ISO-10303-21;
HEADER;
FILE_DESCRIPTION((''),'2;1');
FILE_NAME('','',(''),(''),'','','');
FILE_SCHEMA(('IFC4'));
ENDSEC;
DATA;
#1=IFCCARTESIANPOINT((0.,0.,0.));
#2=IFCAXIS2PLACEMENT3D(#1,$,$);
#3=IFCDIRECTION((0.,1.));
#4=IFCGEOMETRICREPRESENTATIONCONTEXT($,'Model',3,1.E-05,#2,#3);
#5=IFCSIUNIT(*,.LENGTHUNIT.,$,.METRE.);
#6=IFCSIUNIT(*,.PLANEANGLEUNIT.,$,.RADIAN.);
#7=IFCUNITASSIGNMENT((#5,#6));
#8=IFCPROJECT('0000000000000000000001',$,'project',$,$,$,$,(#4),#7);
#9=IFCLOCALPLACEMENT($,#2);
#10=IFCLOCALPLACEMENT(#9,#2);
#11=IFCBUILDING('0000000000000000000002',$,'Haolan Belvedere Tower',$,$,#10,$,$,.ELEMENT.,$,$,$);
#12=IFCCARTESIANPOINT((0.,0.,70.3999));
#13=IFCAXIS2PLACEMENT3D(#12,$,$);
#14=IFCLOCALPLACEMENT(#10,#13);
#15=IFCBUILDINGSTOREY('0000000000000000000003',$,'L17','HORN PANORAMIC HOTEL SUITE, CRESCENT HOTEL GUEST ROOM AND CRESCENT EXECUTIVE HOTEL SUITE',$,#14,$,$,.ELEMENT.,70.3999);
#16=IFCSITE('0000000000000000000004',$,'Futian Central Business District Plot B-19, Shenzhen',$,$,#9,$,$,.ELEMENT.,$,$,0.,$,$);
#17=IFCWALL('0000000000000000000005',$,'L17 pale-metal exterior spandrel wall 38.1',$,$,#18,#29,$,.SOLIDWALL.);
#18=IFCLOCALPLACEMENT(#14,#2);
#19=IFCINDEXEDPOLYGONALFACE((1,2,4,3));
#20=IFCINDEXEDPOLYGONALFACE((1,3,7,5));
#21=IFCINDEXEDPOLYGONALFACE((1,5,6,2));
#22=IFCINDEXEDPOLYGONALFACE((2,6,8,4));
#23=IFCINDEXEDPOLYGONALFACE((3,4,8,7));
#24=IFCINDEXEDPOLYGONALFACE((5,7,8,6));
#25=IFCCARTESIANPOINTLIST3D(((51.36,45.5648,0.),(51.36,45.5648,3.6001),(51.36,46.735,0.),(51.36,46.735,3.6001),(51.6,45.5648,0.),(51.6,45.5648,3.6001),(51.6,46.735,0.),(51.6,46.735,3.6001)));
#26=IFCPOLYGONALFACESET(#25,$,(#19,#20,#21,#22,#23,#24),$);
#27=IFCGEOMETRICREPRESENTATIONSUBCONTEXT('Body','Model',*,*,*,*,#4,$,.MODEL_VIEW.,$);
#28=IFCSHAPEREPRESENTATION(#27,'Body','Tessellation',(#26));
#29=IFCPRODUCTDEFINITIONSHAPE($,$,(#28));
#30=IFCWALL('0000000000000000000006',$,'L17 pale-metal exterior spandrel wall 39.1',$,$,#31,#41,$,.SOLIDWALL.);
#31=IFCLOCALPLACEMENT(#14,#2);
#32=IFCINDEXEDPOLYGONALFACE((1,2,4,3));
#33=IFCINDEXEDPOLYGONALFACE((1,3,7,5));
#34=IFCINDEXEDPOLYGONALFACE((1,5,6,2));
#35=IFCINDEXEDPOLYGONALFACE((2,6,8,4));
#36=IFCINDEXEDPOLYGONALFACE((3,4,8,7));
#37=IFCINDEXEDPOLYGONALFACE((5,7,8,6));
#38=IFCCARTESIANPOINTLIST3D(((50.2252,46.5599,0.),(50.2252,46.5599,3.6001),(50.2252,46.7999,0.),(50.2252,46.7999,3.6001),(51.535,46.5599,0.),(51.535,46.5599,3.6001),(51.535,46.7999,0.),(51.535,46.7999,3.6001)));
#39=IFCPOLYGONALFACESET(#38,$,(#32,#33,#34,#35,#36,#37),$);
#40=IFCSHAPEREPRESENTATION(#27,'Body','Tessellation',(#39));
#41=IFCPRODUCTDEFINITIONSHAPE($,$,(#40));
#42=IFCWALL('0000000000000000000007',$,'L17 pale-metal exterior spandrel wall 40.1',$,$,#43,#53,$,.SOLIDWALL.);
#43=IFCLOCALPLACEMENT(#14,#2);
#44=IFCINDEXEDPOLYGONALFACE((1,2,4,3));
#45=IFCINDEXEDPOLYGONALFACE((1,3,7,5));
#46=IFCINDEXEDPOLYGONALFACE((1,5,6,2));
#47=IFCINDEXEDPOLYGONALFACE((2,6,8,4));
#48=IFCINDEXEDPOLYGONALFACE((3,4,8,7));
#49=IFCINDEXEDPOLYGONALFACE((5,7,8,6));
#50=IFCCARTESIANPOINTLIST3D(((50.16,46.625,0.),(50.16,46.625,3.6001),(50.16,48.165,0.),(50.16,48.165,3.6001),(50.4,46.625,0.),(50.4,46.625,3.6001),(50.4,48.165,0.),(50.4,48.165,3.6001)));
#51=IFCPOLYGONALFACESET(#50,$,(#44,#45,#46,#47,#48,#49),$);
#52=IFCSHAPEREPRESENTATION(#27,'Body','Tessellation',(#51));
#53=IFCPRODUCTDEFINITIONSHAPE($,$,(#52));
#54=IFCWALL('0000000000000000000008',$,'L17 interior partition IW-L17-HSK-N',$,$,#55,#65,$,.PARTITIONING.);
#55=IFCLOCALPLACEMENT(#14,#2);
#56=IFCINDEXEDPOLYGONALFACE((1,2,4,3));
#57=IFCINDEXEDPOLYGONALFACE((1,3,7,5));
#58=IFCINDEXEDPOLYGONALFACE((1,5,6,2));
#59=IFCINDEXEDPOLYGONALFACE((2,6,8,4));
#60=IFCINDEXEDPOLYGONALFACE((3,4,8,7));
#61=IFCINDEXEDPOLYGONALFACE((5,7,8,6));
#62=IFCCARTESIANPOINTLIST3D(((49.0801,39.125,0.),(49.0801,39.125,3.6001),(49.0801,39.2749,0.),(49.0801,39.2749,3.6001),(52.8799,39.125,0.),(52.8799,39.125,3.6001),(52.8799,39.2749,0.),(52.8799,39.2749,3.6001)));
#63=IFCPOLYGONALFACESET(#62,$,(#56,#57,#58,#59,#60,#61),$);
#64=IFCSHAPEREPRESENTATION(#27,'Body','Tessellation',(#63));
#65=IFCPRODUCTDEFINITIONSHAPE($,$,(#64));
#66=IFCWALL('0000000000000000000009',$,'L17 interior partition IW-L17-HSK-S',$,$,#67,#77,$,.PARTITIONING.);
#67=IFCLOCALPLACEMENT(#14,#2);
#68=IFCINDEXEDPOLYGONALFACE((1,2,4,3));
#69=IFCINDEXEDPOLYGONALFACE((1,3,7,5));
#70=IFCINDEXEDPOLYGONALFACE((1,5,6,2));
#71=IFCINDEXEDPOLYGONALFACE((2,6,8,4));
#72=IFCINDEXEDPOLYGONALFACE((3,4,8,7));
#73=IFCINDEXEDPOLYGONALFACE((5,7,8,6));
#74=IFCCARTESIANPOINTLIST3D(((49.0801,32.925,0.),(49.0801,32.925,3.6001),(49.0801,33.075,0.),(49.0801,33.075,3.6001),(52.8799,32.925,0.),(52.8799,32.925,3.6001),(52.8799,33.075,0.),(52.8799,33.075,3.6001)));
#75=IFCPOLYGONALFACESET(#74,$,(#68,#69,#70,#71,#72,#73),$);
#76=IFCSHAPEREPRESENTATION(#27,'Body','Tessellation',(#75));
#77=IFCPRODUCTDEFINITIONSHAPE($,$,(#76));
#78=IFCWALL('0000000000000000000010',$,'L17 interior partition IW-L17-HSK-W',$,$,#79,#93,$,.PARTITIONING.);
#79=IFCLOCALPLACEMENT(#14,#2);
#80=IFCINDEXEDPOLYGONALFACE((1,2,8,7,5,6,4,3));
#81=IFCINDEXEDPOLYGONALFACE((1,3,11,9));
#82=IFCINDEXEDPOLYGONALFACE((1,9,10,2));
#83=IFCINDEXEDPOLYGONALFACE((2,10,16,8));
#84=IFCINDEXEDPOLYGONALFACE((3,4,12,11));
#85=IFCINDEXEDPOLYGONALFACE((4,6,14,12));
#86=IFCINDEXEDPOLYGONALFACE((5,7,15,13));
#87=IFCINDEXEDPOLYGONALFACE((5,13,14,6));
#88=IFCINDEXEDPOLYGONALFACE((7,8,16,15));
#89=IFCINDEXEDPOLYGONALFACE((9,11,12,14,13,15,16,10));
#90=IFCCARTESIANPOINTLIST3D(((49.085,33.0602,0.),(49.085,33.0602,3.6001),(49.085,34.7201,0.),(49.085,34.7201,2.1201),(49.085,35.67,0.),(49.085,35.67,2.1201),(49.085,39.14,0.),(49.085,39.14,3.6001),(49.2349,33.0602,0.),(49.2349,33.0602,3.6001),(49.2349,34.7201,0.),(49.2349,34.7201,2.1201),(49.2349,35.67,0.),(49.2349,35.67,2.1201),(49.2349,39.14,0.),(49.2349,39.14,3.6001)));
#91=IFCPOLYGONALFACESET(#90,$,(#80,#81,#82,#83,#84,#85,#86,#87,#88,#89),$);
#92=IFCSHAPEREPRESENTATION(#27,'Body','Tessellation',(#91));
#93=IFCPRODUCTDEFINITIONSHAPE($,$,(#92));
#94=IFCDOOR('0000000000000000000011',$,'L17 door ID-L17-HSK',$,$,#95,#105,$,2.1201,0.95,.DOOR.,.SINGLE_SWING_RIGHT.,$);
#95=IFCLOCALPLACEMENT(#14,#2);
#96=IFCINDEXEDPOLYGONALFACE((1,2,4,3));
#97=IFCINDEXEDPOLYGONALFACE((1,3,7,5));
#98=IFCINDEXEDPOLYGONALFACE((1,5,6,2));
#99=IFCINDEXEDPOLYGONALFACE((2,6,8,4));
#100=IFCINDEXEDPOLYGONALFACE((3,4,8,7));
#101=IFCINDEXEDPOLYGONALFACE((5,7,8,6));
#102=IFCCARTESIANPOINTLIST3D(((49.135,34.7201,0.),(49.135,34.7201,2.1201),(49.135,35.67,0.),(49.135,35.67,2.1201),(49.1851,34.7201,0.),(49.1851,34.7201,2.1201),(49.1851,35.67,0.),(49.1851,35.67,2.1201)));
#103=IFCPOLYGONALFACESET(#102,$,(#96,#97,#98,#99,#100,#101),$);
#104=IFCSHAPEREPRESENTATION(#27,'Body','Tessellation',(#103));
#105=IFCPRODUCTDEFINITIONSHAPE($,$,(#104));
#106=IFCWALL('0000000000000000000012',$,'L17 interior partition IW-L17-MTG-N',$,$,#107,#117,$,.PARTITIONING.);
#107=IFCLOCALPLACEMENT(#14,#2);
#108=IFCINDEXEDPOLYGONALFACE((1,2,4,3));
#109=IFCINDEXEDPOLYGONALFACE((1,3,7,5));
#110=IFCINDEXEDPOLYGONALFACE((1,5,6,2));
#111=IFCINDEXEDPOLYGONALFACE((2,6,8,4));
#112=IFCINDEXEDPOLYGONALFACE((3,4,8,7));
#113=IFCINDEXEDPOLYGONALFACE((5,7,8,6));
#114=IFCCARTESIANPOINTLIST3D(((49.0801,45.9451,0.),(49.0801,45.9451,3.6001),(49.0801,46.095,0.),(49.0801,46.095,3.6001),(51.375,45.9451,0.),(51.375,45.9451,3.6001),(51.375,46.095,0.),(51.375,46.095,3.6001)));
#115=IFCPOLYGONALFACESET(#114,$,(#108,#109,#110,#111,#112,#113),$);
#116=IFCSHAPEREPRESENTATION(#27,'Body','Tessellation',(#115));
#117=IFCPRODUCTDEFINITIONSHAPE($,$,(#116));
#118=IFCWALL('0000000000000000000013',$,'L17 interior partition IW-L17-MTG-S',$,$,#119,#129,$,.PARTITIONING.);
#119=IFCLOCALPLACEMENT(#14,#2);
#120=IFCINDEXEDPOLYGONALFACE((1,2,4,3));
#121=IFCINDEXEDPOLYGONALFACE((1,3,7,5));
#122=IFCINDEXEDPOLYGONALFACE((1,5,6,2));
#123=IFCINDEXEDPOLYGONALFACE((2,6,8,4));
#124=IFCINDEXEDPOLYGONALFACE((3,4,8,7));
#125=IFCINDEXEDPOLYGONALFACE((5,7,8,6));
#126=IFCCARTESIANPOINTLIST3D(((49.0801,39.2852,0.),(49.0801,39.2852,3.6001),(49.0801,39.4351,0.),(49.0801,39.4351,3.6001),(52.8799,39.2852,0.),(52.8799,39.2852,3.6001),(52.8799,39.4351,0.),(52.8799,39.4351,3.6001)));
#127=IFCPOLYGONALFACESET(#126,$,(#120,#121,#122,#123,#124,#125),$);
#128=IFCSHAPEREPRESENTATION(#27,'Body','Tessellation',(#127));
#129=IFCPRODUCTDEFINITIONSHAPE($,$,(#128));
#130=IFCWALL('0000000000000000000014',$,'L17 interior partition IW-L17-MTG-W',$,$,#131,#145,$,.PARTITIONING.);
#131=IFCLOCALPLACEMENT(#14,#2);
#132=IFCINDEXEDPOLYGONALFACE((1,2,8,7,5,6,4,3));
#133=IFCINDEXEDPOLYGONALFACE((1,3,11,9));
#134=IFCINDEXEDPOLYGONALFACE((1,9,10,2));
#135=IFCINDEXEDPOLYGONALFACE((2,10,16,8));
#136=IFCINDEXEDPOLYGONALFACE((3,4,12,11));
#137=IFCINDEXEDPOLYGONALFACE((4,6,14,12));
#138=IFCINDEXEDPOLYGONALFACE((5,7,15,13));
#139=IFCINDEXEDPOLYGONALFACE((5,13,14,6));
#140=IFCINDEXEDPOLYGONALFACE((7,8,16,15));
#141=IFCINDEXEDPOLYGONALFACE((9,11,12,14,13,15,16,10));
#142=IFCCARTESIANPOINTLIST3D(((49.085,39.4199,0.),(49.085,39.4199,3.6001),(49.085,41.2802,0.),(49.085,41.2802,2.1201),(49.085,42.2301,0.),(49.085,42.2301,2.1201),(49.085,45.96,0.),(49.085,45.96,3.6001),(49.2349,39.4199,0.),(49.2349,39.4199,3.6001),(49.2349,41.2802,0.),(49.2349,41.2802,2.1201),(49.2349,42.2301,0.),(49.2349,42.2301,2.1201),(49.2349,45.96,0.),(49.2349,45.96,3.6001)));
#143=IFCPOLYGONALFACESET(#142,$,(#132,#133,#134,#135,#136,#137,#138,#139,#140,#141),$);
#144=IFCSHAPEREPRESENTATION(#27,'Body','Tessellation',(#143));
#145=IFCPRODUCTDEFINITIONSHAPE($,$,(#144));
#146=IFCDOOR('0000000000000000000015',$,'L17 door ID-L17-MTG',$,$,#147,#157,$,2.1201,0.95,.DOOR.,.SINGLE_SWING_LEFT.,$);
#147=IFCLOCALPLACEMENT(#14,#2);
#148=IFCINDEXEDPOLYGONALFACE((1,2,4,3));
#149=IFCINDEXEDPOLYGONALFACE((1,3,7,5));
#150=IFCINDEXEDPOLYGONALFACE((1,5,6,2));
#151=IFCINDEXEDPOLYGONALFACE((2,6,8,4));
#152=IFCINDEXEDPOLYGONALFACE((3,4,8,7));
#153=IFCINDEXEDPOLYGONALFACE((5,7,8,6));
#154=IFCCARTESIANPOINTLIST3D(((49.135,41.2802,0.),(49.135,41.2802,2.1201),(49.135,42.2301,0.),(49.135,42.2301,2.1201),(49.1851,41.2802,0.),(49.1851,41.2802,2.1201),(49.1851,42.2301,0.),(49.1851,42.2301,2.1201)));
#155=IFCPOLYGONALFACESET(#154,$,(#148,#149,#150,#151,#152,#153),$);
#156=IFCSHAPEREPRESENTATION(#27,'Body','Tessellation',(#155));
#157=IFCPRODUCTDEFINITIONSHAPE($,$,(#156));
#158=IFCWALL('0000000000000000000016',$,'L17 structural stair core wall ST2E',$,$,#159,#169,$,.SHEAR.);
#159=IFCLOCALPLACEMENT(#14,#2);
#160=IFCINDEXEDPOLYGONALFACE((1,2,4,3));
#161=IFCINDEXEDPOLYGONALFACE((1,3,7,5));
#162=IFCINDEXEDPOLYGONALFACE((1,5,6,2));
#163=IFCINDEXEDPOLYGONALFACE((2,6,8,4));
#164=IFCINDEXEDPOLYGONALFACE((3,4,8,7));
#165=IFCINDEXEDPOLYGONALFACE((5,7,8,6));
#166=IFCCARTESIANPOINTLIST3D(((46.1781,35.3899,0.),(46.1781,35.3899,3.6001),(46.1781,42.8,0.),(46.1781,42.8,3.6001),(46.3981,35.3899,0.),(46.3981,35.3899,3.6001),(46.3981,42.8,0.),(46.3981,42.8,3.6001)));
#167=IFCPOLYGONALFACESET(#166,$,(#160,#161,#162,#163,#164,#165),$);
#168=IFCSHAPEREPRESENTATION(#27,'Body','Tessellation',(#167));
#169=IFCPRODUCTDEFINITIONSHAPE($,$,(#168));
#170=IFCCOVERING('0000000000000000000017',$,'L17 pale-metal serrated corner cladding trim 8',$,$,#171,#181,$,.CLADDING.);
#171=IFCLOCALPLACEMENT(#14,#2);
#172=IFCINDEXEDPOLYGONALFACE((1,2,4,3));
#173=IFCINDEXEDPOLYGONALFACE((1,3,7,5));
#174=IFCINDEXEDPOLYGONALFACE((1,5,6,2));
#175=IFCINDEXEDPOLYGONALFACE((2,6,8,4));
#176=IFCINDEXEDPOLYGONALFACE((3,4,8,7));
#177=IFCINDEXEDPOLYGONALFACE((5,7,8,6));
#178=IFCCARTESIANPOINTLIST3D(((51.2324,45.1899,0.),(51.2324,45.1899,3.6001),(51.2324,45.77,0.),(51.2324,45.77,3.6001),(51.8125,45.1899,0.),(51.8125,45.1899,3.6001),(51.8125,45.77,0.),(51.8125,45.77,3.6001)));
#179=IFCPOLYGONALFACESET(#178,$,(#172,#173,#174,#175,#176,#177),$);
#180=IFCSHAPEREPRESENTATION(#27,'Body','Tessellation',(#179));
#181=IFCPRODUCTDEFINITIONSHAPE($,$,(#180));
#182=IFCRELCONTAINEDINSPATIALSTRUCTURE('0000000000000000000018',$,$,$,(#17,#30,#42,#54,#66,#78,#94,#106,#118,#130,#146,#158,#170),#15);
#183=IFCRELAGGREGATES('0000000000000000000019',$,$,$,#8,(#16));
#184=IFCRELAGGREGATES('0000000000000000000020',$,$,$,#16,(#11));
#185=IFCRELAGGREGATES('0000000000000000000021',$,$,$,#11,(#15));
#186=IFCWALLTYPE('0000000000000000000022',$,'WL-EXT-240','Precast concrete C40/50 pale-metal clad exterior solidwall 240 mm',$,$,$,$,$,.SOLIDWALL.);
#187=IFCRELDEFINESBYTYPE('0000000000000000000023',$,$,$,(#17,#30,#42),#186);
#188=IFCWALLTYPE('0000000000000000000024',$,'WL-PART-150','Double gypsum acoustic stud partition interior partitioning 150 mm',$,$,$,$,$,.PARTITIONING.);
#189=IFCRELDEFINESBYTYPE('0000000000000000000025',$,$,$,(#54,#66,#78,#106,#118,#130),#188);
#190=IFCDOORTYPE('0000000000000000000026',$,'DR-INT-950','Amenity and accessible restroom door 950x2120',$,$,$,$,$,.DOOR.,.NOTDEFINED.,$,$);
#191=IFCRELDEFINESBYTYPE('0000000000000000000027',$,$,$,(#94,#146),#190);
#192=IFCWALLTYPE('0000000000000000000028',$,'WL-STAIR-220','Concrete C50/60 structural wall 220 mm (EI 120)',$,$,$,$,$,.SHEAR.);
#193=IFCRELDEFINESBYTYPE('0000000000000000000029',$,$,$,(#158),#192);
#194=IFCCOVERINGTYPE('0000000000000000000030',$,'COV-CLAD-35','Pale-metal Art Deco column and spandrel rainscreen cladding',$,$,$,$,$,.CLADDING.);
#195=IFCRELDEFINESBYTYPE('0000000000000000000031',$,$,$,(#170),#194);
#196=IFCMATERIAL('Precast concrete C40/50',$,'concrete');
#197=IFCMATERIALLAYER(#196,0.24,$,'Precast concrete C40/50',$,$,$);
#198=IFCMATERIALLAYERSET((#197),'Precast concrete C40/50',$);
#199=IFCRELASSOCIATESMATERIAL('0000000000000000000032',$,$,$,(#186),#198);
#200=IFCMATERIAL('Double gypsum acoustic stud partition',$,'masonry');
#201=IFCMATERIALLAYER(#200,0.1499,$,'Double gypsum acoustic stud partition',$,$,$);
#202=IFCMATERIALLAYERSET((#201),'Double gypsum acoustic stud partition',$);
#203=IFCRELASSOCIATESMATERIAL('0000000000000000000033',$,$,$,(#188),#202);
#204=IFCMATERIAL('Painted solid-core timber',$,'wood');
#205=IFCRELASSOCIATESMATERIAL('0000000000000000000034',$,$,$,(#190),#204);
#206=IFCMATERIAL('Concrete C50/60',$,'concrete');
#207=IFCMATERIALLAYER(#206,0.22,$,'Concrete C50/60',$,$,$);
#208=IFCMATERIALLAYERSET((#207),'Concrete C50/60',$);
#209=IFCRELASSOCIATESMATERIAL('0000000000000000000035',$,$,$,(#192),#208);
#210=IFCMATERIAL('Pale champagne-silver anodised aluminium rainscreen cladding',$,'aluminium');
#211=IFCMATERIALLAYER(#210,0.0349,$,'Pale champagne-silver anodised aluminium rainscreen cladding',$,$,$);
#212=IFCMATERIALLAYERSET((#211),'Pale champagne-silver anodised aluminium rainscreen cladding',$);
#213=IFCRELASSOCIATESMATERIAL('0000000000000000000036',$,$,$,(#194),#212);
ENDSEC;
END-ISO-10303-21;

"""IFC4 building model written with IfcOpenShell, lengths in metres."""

from ifc_helpers import new_model, si_unit, direction, frame, frame_2d, origin, origin_2d, place, context, subcontext, project, spatial, rectangle, extrude, material, layer, layer_set, type_object, element, fill, save


model = new_model("IFC4")

# Units and contexts
model_context = context("Model", 3, precision=1e-05, world=origin(), true_north=direction((0.0, 1.0)))
body_context = subcontext(model_context, "Body", "Model", "MODEL_VIEW")
ifc_project = project(units=[si_unit("LENGTHUNIT", "METRE"), si_unit("PLANEANGLEUNIT", "RADIAN")], contexts=[model_context])

# Site, building, storey
site_placement = place(None, origin())
site = spatial("IfcSite", under=ifc_project, at=site_placement, Name="Futian Central Business District Plot B-19, Shenzhen", CompositionType="ELEMENT", RefElevation=0.0)
building_placement = place(site_placement, origin())
building = spatial("IfcBuilding", under=site, at=building_placement, Name="Haolan Belvedere Tower", CompositionType="ELEMENT")
storey_placement = place(building_placement, frame((0.0, 0.0, 70.3999)))
storey = spatial("IfcBuildingStorey", under=building, at=storey_placement, Name="L17", Description="HORN PANORAMIC HOTEL SUITE, CRESCENT HOTEL GUEST ROOM AND CRESCENT EXECUTIVE HOTEL SUITE", CompositionType="ELEMENT", Elevation=70.3999)

# Walls
ifc_material_1 = material(Name="Precast concrete C40/50", Category="concrete")
ifc_layer_1 = layer(ifc_material_1, 0.24, Name="Precast concrete C40/50")
ifc_layer_set_1 = layer_set([ifc_layer_1], Name="Precast concrete C40/50")
wall_type_1 = type_object("IfcWallType", Name="WL-EXT-240", Description="Precast concrete C40/50 pale-metal clad exterior solidwall 240 mm", PredefinedType="SOLIDWALL", material=ifc_layer_set_1)
wall_1_placement = place(storey_placement, frame((51.48, 45.5649, 0.0), z_axis=(0.0, 0.0, 1.0), x_axis=(0.0, 1.0, 0.0)))
element("IfcWall", 1, at=wall_1_placement, inside=storey, type_object=wall_type_1, Name="L17 pale-metal exterior spandrel wall 38.1", PredefinedType="SOLIDWALL", context=body_context, shape_type="SweptSolid", body=[
    extrude(rectangle(XDim=1.1702, YDim=0.24, at=frame_2d((0.585, 0.0))), origin(), (0.0, 0.0, 1.0), 3.6001),
])
wall_2_placement = place(storey_placement, frame((51.5349, 46.6799, 0.0), z_axis=(0.0, 0.0, 1.0), x_axis=(-1.0, 0.0, 0.0)))
element("IfcWall", 2, at=wall_2_placement, inside=storey, type_object=wall_type_1, Name="L17 pale-metal exterior spandrel wall 39.1", PredefinedType="SOLIDWALL", context=body_context, shape_type="SweptSolid", body=[
    extrude(rectangle(XDim=1.3098, YDim=0.24, at=frame_2d((0.6548, 0.0))), origin(), (0.0, 0.0, 1.0), 3.6001),
])
wall_3_placement = place(storey_placement, frame((50.28, 46.625, 0.0), z_axis=(0.0, 0.0, 1.0), x_axis=(0.0, 1.0, 0.0)))
element("IfcWall", 3, at=wall_3_placement, inside=storey, type_object=wall_type_1, Name="L17 pale-metal exterior spandrel wall 40.1", PredefinedType="SOLIDWALL", context=body_context, shape_type="SweptSolid", body=[
    extrude(rectangle(XDim=1.54, YDim=0.24, at=frame_2d((0.77, 0.0))), origin(), (0.0, 0.0, 1.0), 3.6001),
])
ifc_material_2 = material(Name="Double gypsum acoustic stud partition", Category="masonry")
ifc_layer_2 = layer(ifc_material_2, 0.1499, Name="Double gypsum acoustic stud partition")
ifc_layer_set_2 = layer_set([ifc_layer_2], Name="Double gypsum acoustic stud partition")
wall_type_2 = type_object("IfcWallType", Name="WL-PART-150", Description="Double gypsum acoustic stud partition interior partitioning 150 mm", PredefinedType="PARTITIONING", material=ifc_layer_set_2)
for number, where, z_axis, x_axis, name in (
    (4, (49.0801, 39.2, 0.0), (0.0, 0.0, 1.0), (1.0, 0.0, 0.0), "L17 interior partition IW-L17-HSK-N"),
    (5, (49.0801, 33.0, 0.0), (0.0, 0.0, 1.0), (1.0, 0.0, 0.0), "L17 interior partition IW-L17-HSK-S"),
):
    element("IfcWall", number, at=place(storey_placement, frame(where, z_axis=z_axis, x_axis=x_axis)), inside=storey, type_object=wall_type_2, Name=name, PredefinedType="PARTITIONING", context=body_context, shape_type="SweptSolid", body=[
        extrude(rectangle(XDim=3.7998, YDim=0.1499, at=frame_2d((1.8999, 0.0))), origin(), (0.0, 0.0, 1.0), 3.6001),
    ])

# Wall, opening, door
wall_4_placement = place(storey_placement, frame((49.1599, 33.0601, 0.0), z_axis=(0.0, 0.0, 1.0), x_axis=(0.0, 1.0, 0.0)))
wall_4 = element("IfcWall", 6, at=wall_4_placement, inside=storey, type_object=wall_type_2, Name="L17 interior partition IW-L17-HSK-W", PredefinedType="PARTITIONING", context=body_context, shape_type="SweptSolid", body=[
    extrude(rectangle(XDim=6.0798, YDim=0.1499, at=frame_2d((3.04, 0.0))), origin(), (0.0, 0.0, 1.0), 3.6001),
])
opening_1_placement = place(wall_4_placement, frame((1.6599, 0.0, 0.0)))
opening_1 = element("IfcOpeningElement", 7, at=opening_1_placement, cuts=wall_4, PredefinedType="OPENING", context=body_context, shape_type="SweptSolid", body=[
    extrude(rectangle(XDim=0.95, YDim=2.1201, at=frame_2d((0.4751, 1.0601))), frame((0.0, 0.085, 0.0), z_axis=(0.0, -1.0, 0.0), x_axis=(1.0, 0.0, 0.0)), (0.0, 0.0, 1.0), 0.1699),
])
ifc_material_3 = material(Name="Painted solid-core timber", Category="wood")
door_type = type_object("IfcDoorType", Name="DR-INT-950", Description="Amenity and accessible restroom door 950x2120", OperationType="NOTDEFINED", PredefinedType="DOOR", material=ifc_material_3)
door_1_placement = place(opening_1_placement, origin())
door_1 = element("IfcDoor", 8, at=door_1_placement, inside=storey, type_object=door_type, Name="L17 door ID-L17-HSK", OperationType="SINGLE_SWING_RIGHT", OverallHeight=2.1201, OverallWidth=0.95, PredefinedType="DOOR", context=body_context, shape_type="SweptSolid", body=[
    extrude(rectangle(XDim=0.95, YDim=2.1201, at=frame_2d((0.4751, 1.0601))), frame((0.0, 0.0249, 0.0), z_axis=(0.0, -1.0, 0.0), x_axis=(1.0, 0.0, 0.0)), (0.0, 0.0, 1.0), 0.05),
])
fill(opening_1, door_1)

# Walls
wall_5_placement = place(storey_placement, frame((49.0801, 46.02, 0.0), z_axis=(0.0, 0.0, 1.0), x_axis=(1.0, 0.0, 0.0)))
element("IfcWall", 9, at=wall_5_placement, inside=storey, type_object=wall_type_2, Name="L17 interior partition IW-L17-MTG-N", PredefinedType="PARTITIONING", context=body_context, shape_type="SweptSolid", body=[
    extrude(rectangle(XDim=2.2949, YDim=0.1499, at=frame_2d((1.1475, 0.0))), origin(), (0.0, 0.0, 1.0), 3.6001),
])
wall_6_placement = place(storey_placement, frame((49.0801, 39.3601, 0.0), z_axis=(0.0, 0.0, 1.0), x_axis=(1.0, 0.0, 0.0)))
element("IfcWall", 10, at=wall_6_placement, inside=storey, type_object=wall_type_2, Name="L17 interior partition IW-L17-MTG-S", PredefinedType="PARTITIONING", context=body_context, shape_type="SweptSolid", body=[
    extrude(rectangle(XDim=3.7998, YDim=0.1499, at=frame_2d((1.8999, 0.0))), origin(), (0.0, 0.0, 1.0), 3.6001),
])

# Wall, opening, door
wall_7_placement = place(storey_placement, frame((49.1599, 39.4199, 0.0), z_axis=(0.0, 0.0, 1.0), x_axis=(0.0, 1.0, 0.0)))
wall_7 = element("IfcWall", 11, at=wall_7_placement, inside=storey, type_object=wall_type_2, Name="L17 interior partition IW-L17-MTG-W", PredefinedType="PARTITIONING", context=body_context, shape_type="SweptSolid", body=[
    extrude(rectangle(XDim=6.54, YDim=0.1499, at=frame_2d((3.27, 0.0))), origin(), (0.0, 0.0, 1.0), 3.6001),
])
opening_2_placement = place(wall_7_placement, frame((1.8601, 0.0, 0.0)))
opening_2 = element("IfcOpeningElement", 12, at=opening_2_placement, cuts=wall_7, PredefinedType="OPENING", context=body_context, shape_type="SweptSolid", body=[
    extrude(rectangle(XDim=0.95, YDim=2.1201, at=frame_2d((0.4751, 1.0601))), frame((0.0, 0.085, 0.0), z_axis=(0.0, -1.0, 0.0), x_axis=(1.0, 0.0, 0.0)), (0.0, 0.0, 1.0), 0.1699),
])
door_2_placement = place(opening_2_placement, origin())
door_2 = element("IfcDoor", 13, at=door_2_placement, inside=storey, type_object=door_type, Name="L17 door ID-L17-MTG", OperationType="SINGLE_SWING_LEFT", OverallHeight=2.1201, OverallWidth=0.95, PredefinedType="DOOR", context=body_context, shape_type="SweptSolid", body=[
    extrude(rectangle(XDim=0.95, YDim=2.1201, at=frame_2d((0.4751, 1.0601))), frame((0.0, 0.0249, 0.0), z_axis=(0.0, -1.0, 0.0), x_axis=(1.0, 0.0, 0.0)), (0.0, 0.0, 1.0), 0.05),
])
fill(opening_2, door_2)

# Wall
ifc_material_4 = material(Name="Concrete C50/60", Category="concrete")
ifc_layer_3 = layer(ifc_material_4, 0.22, Name="Concrete C50/60")
ifc_layer_set_3 = layer_set([ifc_layer_3], Name="Concrete C50/60")
wall_type_3 = type_object("IfcWallType", Name="WL-STAIR-220", Description="Concrete C50/60 structural wall 220 mm (EI 120)", PredefinedType="SHEAR", material=ifc_layer_set_3)
wall_8_placement = place(storey_placement, frame((46.2881, 35.3899, 0.0), z_axis=(0.0, 0.0, 1.0), x_axis=(0.0, 1.0, 0.0)))
element("IfcWall", 14, at=wall_8_placement, inside=storey, type_object=wall_type_3, Name="L17 structural stair core wall ST2E", PredefinedType="SHEAR", context=body_context, shape_type="SweptSolid", body=[
    extrude(rectangle(XDim=7.4102, YDim=0.22, at=frame_2d((3.7051, 0.0))), origin(), (0.0, 0.0, 1.0), 3.6001),
])

# Covering
ifc_material_5 = material(Name="Pale champagne-silver anodised aluminium rainscreen cladding", Category="aluminium")
ifc_layer_4 = layer(ifc_material_5, 0.0349, Name="Pale champagne-silver anodised aluminium rainscreen cladding")
ifc_layer_set_4 = layer_set([ifc_layer_4], Name="Pale champagne-silver anodised aluminium rainscreen cladding")
covering_type = type_object("IfcCoveringType", Name="COV-CLAD-35", Description="Pale-metal Art Deco column and spandrel rainscreen cladding", PredefinedType="CLADDING", material=ifc_layer_set_4)
covering_placement = place(storey_placement, frame((51.5225, 45.48, 0.0), z_axis=(0.0, 0.0, 1.0), x_axis=(1.0, 0.0, 0.0)))
element("IfcCovering", 15, at=covering_placement, inside=storey, type_object=covering_type, Name="L17 pale-metal serrated corner cladding trim 8", PredefinedType="CLADDING", context=body_context, shape_type="SweptSolid", body=[
    extrude(rectangle(XDim=0.5801, YDim=0.5801, at=origin_2d()), origin(), (0.0, 0.0, 1.0), 3.6001),
])

save(model, "model.ifc")
